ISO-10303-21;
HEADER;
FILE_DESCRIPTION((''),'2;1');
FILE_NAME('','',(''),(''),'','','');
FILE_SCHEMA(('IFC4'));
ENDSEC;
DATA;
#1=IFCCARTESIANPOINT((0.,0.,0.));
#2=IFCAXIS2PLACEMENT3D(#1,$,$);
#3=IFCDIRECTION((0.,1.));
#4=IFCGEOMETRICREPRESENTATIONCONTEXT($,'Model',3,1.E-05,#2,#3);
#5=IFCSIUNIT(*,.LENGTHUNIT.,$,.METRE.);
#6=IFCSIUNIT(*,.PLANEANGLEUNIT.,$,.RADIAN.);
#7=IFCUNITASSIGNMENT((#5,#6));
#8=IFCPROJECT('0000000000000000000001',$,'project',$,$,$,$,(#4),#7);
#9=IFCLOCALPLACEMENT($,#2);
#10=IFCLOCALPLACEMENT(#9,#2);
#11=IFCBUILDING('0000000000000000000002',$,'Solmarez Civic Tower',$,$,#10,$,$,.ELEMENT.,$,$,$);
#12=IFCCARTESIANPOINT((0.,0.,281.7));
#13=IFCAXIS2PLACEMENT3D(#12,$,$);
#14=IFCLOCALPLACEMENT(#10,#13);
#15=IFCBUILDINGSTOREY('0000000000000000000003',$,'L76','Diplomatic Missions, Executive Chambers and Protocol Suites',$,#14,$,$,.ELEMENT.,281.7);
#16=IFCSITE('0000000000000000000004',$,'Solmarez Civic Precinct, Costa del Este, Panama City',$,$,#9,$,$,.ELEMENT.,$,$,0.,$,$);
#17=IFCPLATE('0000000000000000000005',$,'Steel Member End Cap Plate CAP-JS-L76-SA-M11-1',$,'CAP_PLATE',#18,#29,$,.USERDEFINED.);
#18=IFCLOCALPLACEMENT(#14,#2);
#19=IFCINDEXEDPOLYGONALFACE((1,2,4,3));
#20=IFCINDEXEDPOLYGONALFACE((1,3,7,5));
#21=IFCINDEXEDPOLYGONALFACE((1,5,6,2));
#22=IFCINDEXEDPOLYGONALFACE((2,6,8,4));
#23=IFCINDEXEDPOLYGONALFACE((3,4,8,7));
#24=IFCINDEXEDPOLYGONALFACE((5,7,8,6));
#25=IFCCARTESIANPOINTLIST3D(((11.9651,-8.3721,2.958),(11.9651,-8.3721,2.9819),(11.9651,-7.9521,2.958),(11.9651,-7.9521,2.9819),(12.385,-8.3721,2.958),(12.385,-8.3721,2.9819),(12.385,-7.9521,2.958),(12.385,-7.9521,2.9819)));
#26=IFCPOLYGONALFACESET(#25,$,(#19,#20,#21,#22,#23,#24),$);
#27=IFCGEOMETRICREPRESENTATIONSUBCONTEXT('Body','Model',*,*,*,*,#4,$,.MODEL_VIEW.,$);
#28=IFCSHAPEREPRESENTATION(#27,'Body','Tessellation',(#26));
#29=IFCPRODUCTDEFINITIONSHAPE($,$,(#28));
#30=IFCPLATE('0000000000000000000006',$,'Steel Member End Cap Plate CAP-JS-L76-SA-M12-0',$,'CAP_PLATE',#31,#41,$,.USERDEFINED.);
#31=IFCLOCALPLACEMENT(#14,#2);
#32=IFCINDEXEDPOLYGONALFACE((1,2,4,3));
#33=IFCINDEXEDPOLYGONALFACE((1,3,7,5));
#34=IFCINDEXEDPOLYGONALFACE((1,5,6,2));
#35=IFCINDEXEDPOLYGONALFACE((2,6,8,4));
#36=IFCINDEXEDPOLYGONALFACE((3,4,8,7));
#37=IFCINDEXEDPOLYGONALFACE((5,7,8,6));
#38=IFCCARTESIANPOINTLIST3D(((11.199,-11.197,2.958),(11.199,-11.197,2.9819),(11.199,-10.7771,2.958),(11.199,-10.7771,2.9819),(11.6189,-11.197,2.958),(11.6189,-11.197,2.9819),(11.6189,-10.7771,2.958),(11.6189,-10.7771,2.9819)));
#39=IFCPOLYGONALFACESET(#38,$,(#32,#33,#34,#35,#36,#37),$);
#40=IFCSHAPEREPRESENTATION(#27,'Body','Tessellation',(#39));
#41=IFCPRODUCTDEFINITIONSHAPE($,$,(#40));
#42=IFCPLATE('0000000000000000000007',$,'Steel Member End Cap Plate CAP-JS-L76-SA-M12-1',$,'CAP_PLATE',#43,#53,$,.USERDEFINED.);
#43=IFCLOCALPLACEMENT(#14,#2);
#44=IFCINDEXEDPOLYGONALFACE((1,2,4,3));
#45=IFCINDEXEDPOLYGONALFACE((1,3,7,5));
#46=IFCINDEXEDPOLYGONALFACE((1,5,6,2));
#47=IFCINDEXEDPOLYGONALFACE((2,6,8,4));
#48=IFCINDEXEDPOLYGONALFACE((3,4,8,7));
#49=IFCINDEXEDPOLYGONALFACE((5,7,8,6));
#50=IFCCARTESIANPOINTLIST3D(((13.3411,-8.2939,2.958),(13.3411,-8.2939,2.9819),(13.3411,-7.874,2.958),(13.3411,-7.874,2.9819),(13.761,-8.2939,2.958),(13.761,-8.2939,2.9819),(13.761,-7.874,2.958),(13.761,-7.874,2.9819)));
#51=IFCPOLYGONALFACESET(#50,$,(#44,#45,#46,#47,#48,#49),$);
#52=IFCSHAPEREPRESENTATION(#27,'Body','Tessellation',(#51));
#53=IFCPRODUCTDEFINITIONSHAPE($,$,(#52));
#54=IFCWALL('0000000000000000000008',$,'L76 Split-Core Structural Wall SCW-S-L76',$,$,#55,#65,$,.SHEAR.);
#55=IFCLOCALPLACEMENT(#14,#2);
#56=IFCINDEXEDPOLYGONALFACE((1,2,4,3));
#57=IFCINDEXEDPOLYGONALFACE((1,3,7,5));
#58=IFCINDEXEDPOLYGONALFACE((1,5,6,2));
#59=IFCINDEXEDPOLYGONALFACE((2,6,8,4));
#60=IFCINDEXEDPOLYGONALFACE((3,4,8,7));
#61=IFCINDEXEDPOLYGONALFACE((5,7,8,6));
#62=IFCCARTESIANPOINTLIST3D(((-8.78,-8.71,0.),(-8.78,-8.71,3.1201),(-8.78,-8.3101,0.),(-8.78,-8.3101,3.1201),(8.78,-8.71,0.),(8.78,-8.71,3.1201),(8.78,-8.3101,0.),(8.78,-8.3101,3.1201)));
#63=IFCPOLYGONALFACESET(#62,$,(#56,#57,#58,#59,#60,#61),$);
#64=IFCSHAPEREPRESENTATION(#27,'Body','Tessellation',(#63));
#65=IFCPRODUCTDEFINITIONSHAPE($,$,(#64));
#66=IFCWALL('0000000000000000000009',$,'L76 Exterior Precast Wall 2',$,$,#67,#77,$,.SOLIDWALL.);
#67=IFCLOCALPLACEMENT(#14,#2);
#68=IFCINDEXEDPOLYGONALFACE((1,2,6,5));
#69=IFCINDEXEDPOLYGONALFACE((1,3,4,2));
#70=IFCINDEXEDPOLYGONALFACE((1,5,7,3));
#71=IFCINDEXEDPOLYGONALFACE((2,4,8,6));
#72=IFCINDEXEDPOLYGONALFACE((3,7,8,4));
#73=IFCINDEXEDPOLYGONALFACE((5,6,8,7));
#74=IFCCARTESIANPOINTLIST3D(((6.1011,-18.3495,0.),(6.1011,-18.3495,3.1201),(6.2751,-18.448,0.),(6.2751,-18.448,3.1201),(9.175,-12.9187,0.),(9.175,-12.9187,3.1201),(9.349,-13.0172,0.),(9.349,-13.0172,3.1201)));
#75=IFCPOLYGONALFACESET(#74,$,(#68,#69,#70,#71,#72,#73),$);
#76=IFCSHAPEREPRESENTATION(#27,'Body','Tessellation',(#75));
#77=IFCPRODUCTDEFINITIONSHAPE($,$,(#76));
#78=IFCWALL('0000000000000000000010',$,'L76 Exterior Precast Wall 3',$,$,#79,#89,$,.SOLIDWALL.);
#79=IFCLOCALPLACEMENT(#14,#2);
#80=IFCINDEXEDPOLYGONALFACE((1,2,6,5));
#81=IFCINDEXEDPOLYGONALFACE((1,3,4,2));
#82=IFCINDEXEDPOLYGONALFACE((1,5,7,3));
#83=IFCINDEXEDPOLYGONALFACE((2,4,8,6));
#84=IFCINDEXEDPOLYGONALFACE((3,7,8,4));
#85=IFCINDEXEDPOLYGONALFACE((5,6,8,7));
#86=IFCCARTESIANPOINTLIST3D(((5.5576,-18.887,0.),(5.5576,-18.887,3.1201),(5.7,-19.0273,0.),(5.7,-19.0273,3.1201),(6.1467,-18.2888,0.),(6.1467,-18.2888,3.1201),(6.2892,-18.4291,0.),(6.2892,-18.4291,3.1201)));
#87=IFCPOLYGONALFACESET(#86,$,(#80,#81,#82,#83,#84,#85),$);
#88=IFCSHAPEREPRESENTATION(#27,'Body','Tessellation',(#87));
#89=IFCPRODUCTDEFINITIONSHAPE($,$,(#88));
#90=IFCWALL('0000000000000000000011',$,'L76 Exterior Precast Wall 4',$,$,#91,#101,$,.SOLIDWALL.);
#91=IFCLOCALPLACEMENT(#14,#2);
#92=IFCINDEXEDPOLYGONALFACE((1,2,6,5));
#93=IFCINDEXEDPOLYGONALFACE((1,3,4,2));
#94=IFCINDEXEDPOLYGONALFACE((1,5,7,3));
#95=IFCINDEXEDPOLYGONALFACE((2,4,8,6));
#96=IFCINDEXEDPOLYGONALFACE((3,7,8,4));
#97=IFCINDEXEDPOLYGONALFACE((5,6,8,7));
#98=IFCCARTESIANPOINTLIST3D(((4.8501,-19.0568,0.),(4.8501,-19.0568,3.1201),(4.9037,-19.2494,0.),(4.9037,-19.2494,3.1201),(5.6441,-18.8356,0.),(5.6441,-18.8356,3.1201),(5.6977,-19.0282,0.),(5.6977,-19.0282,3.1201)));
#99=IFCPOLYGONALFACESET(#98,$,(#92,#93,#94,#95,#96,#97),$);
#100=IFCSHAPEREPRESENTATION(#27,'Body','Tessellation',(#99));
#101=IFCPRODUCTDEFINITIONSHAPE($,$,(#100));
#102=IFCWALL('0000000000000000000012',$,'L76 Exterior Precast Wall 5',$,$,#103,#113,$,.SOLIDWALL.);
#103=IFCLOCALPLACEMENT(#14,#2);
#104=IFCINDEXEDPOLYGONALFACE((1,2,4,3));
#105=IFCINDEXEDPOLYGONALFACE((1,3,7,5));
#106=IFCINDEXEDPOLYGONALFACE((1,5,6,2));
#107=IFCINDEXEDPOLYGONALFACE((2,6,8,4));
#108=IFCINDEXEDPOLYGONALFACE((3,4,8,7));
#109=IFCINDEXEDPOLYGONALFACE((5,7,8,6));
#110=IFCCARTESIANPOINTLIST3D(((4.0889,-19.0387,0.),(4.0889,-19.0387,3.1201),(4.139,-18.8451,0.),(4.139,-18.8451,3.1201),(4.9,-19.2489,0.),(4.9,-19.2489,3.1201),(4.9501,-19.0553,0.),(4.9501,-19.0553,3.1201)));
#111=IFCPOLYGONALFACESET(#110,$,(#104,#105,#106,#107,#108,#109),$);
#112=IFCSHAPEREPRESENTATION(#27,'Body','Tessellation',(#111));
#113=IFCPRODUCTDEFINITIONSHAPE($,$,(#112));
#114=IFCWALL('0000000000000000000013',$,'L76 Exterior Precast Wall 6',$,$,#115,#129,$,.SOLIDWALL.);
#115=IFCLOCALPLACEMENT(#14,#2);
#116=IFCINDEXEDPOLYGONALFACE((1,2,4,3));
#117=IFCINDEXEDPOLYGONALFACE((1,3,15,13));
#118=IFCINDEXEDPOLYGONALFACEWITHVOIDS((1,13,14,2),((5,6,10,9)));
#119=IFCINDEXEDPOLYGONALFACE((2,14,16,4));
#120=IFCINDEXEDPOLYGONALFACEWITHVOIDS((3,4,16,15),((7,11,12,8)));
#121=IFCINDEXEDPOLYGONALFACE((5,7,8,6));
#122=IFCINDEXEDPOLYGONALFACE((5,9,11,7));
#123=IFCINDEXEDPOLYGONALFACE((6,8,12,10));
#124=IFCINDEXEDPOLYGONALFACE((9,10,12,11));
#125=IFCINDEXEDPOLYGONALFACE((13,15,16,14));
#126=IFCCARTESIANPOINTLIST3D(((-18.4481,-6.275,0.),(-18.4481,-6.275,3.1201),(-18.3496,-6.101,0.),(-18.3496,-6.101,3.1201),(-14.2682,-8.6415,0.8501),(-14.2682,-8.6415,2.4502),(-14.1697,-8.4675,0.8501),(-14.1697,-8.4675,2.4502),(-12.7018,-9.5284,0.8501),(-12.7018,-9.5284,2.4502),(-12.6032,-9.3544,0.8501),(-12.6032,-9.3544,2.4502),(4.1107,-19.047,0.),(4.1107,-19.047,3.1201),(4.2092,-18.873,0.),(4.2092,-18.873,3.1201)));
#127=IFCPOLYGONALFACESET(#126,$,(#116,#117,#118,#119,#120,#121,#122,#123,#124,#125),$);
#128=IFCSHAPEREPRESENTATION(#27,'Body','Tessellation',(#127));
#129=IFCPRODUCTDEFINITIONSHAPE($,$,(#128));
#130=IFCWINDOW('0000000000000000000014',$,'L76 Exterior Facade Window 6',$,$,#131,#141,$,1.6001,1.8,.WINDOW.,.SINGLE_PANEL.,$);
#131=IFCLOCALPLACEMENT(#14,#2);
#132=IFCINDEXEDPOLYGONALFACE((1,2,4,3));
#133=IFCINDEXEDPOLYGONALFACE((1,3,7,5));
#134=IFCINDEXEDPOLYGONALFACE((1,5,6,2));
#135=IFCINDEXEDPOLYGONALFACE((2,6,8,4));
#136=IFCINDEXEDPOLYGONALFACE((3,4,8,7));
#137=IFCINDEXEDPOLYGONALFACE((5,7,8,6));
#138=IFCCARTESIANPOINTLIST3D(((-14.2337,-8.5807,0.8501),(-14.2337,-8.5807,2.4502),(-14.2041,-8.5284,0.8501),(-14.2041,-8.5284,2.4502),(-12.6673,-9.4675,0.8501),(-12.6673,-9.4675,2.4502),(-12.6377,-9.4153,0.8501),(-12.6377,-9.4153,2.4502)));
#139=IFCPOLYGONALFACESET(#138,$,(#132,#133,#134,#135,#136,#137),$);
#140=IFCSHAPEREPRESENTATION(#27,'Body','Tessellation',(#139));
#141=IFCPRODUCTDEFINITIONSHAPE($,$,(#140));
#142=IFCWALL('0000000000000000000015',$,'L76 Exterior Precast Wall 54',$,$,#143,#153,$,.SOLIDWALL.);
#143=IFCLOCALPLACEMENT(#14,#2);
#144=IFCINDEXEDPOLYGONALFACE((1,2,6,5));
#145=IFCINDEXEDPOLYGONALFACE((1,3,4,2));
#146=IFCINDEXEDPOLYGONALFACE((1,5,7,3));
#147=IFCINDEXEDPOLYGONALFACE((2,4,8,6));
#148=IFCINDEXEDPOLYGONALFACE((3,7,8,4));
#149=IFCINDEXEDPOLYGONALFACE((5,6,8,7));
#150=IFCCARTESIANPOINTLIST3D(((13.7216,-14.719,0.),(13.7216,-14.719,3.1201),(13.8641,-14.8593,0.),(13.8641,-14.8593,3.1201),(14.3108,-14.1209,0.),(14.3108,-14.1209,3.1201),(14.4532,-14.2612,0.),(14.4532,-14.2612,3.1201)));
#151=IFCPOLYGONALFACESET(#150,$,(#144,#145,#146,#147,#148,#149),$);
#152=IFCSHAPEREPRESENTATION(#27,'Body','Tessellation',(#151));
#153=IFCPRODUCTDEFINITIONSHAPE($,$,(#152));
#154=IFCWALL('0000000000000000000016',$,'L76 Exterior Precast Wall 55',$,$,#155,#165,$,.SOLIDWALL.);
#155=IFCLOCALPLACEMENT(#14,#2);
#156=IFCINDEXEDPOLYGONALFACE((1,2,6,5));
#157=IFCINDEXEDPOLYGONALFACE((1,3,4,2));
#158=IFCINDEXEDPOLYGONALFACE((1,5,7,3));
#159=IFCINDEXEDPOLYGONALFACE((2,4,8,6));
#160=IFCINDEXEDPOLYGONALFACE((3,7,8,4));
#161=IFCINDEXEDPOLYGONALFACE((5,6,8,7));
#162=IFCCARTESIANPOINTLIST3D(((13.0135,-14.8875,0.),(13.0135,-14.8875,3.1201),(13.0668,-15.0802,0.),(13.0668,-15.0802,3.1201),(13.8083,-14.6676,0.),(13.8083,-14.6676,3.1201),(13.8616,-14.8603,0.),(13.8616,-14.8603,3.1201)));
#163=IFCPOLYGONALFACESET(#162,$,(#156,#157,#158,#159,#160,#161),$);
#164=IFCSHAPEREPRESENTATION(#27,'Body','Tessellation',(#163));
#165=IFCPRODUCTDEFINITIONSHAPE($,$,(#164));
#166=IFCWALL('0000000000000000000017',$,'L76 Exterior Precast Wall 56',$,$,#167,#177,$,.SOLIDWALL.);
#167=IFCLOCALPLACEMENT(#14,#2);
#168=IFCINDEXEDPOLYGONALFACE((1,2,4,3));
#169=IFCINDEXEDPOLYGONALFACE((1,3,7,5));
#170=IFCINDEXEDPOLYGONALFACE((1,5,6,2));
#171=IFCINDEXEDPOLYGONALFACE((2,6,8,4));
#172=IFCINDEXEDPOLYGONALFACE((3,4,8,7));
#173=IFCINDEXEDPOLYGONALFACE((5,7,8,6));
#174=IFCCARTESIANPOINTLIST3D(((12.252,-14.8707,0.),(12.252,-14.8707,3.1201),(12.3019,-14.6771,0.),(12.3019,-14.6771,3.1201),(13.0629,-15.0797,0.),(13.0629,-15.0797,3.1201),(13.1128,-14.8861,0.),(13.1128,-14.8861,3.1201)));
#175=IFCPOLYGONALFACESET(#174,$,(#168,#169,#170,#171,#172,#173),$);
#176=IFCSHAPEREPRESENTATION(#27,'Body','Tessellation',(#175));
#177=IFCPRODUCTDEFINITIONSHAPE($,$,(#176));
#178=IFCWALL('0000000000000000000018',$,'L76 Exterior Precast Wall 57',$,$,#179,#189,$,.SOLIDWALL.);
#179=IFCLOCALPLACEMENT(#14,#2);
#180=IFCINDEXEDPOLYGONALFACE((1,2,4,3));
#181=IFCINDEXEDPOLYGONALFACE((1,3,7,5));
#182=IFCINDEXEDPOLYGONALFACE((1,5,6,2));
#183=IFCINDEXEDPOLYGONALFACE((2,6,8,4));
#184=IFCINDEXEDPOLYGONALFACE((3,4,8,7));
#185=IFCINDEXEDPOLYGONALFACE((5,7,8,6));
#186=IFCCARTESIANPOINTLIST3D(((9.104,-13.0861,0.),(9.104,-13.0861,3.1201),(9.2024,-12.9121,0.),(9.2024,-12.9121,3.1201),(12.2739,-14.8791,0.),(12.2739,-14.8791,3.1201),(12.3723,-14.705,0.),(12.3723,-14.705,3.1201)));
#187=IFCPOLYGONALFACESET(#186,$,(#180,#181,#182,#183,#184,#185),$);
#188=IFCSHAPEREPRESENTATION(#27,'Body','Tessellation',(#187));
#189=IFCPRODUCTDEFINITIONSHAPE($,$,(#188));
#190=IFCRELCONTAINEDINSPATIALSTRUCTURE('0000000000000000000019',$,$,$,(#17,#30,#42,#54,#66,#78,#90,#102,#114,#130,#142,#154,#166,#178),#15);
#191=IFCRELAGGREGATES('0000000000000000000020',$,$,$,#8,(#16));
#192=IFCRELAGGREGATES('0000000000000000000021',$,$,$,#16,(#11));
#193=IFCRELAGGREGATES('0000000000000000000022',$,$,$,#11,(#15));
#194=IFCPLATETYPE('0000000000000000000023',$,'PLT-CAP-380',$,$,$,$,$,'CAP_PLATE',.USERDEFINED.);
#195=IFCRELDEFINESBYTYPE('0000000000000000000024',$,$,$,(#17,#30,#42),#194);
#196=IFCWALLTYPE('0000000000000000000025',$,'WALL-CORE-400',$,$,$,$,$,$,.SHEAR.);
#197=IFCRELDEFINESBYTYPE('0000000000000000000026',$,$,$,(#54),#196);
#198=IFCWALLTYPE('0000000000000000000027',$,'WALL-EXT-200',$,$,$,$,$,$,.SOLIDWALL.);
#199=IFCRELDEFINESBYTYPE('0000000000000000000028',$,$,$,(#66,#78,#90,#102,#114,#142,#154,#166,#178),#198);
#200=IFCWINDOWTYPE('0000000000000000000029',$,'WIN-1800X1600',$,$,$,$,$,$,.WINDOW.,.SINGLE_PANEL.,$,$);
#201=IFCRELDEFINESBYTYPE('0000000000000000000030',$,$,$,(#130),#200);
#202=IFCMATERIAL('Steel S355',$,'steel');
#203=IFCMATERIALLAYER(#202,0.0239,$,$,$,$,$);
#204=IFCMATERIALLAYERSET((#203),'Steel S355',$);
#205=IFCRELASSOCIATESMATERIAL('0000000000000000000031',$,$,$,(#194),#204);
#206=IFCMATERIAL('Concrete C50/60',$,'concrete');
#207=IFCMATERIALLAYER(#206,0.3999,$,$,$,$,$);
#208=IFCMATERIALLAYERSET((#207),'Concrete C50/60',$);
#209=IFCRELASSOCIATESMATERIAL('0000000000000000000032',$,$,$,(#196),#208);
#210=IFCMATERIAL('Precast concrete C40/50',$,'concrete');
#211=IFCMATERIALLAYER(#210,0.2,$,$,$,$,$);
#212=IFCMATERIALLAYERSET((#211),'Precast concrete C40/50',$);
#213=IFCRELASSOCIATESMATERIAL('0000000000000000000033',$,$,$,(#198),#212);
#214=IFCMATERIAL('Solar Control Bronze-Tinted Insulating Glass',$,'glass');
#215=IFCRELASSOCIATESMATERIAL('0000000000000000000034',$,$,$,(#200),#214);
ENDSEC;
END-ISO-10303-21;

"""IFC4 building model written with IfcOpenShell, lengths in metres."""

from ifc_helpers import new_model, si_unit, direction, frame, frame_2d, origin, origin_2d, place, context, subcontext, project, spatial, rectangle, extrude, material, layer, layer_set, type_object, element, fill, save


model = new_model("IFC4")

# Units and contexts
model_context = context("Model", 3, precision=1e-05, world=origin(), true_north=direction((0.0, 1.0)))
body_context = subcontext(model_context, "Body", "Model", "MODEL_VIEW")
ifc_project = project(units=[si_unit("LENGTHUNIT", "METRE"), si_unit("PLANEANGLEUNIT", "RADIAN")], contexts=[model_context])

# Site, building, storey
site_placement = place(None, origin())
site = spatial("IfcSite", under=ifc_project, at=site_placement, Name="Solmarez Civic Precinct, Costa del Este, Panama City", CompositionType="ELEMENT", RefElevation=0.0)
building_placement = place(site_placement, origin())
building = spatial("IfcBuilding", under=site, at=building_placement, Name="Solmarez Civic Tower", CompositionType="ELEMENT")
storey_placement = place(building_placement, frame((0.0, 0.0, 281.7)))
storey = spatial("IfcBuildingStorey", under=building, at=storey_placement, Name="L76", Description="Diplomatic Missions, Executive Chambers and Protocol Suites", CompositionType="ELEMENT", Elevation=281.7)

# Shared definitions
ifc_material_1 = material(Name="Concrete C50/60", Category="concrete")

# Shared definitions
ifc_material_2 = material(Name="Steel S355", Category="steel")

# Plates
ifc_layer_1 = layer(ifc_material_2, 0.0239)
ifc_layer_set_1 = layer_set([ifc_layer_1], Name="Steel S355")
plate_type = type_object("IfcPlateType", Name="PLT-CAP-380", ElementType="CAP_PLATE", PredefinedType="USERDEFINED", material=ifc_layer_set_1)
for number, where, z_axis, x_axis, name in (
    (1, (12.175, -8.1621, 2.958), (0.0, 0.0, 1.0), (1.0, 0.0, 0.0), "Steel Member End Cap Plate CAP-JS-L76-SA-M11-1"),
    (2, (11.4089, -10.9871, 2.958), (0.0, 0.0, 1.0), (1.0, 0.0, 0.0), "Steel Member End Cap Plate CAP-JS-L76-SA-M12-0"),
    (3, (13.551, -8.084, 2.958), (0.0, 0.0, 1.0), (1.0, 0.0, 0.0), "Steel Member End Cap Plate CAP-JS-L76-SA-M12-1"),
):
    element("IfcPlate", number, at=place(storey_placement, frame(where, z_axis=z_axis, x_axis=x_axis)), inside=storey, type_object=plate_type, Name=name, ObjectType="CAP_PLATE", PredefinedType="USERDEFINED", context=body_context, shape_type="SweptSolid", body=[
        extrude(rectangle(XDim=0.4199, YDim=0.4199, at=origin_2d()), origin(), (0.0, 0.0, 1.0), 0.0239),
    ])

# Walls
ifc_layer_2 = layer(ifc_material_1, 0.3999)
ifc_layer_set_2 = layer_set([ifc_layer_2], Name="Concrete C50/60")
wall_type_1 = type_object("IfcWallType", Name="WALL-CORE-400", PredefinedType="SHEAR", material=ifc_layer_set_2)
wall_1_placement = place(storey_placement, frame((8.78, -8.51, 0.0), z_axis=(0.0, 0.0, 1.0), x_axis=(-1.0, 0.0, 0.0)))
element("IfcWall", 4, at=wall_1_placement, inside=storey, type_object=wall_type_1, Name="L76 Split-Core Structural Wall SCW-S-L76", PredefinedType="SHEAR", context=body_context, shape_type="SweptSolid", body=[
    extrude(rectangle(XDim=17.5601, YDim=0.3999, at=frame_2d((8.78, 0.0))), origin(), (0.0, 0.0, 1.0), 3.1201),
])
ifc_material_3 = material(Name="Precast concrete C40/50", Category="concrete")
ifc_layer_3 = layer(ifc_material_3, 0.2)
ifc_layer_set_3 = layer_set([ifc_layer_3], Name="Precast concrete C40/50")
wall_type_2 = type_object("IfcWallType", Name="WALL-EXT-200", PredefinedType="SOLIDWALL", material=ifc_layer_set_3)
wall_2_placement = place(storey_placement, frame((9.262, -12.968, 0.0), z_axis=(0.0, 0.0, 1.0), x_axis=(-0.492583, -0.870265, 0.0)))
element("IfcWall", 5, at=wall_2_placement, inside=storey, type_object=wall_type_2, Name="L76 Exterior Precast Wall 2", PredefinedType="SOLIDWALL", context=body_context, shape_type="SweptSolid", body=[
    extrude(rectangle(XDim=6.2405, YDim=0.2, at=frame_2d((3.1201, 0.0))), origin(), (0.0, 0.0, 1.0), 3.1201),
])
wall_3_placement = place(storey_placement, frame((6.218, -18.3589, 0.0), z_axis=(0.0, 0.0, 1.0), x_axis=(-0.701706, -0.712466, 0.0)))
element("IfcWall", 6, at=wall_3_placement, inside=storey, type_object=wall_type_2, Name="L76 Exterior Precast Wall 3", PredefinedType="SOLIDWALL", context=body_context, shape_type="SweptSolid", body=[
    extrude(rectangle(XDim=0.8396, YDim=0.2, at=frame_2d((0.4199, 0.0))), origin(), (0.0, 0.0, 1.0), 3.1201),
])
wall_4_placement = place(storey_placement, frame((5.6709, -18.9319, 0.0), z_axis=(0.0, 0.0, 1.0), x_axis=(-0.963314, -0.268377, 0.0)))
element("IfcWall", 7, at=wall_4_placement, inside=storey, type_object=wall_type_2, Name="L76 Exterior Precast Wall 4", PredefinedType="SOLIDWALL", context=body_context, shape_type="SweptSolid", body=[
    extrude(rectangle(XDim=0.8242, YDim=0.2, at=frame_2d((0.4121, 0.0))), origin(), (0.0, 0.0, 1.0), 3.1201),
])
wall_5_placement = place(storey_placement, frame((4.925, -19.1521, 0.0), z_axis=(0.0, 0.0, 1.0), x_axis=(-0.968015, 0.250891, 0.0)))
element("IfcWall", 8, at=wall_5_placement, inside=storey, type_object=wall_type_2, Name="L76 Exterior Precast Wall 5", PredefinedType="SOLIDWALL", context=body_context, shape_type="SweptSolid", body=[
    extrude(rectangle(XDim=0.8379, YDim=0.2, at=frame_2d((0.4189, 0.0))), origin(), (0.0, 0.0, 1.0), 3.1201),
])

# Wall, opening, window
wall_6_placement = place(storey_placement, frame((4.1599, -18.96, 0.0), z_axis=(0.0, 0.0, 1.0), x_axis=(-0.87021, 0.492681, 0.0)))
wall_6 = element("IfcWall", 9, at=wall_6_placement, inside=storey, type_object=wall_type_2, Name="L76 Exterior Precast Wall 6", PredefinedType="SOLIDWALL", context=body_context, shape_type="SweptSolid", body=[
    extrude(rectangle(XDim=25.9233, YDim=0.2, at=frame_2d((12.9617, 0.0))), origin(), (0.0, 0.0, 1.0), 3.1201),
])
opening_placement = place(wall_6_placement, frame((19.3201, 0.0, 0.8501)))
opening = element("IfcOpeningElement", 10, at=opening_placement, cuts=wall_6, PredefinedType="OPENING", context=body_context, shape_type="SweptSolid", body=[
    extrude(rectangle(XDim=1.8, YDim=1.6001, at=frame_2d((0.8999, 0.8))), frame((0.0, 0.1099, 0.0), z_axis=(0.0, -1.0, 0.0), x_axis=(1.0, 0.0, 0.0)), (0.0, 0.0, 1.0), 0.22),
])
ifc_material_4 = material(Name="Solar Control Bronze-Tinted Insulating Glass", Category="glass")
window_type = type_object("IfcWindowType", Name="WIN-1800X1600", PartitioningType="SINGLE_PANEL", PredefinedType="WINDOW", material=ifc_material_4)
window_placement = place(opening_placement, origin())
window = element("IfcWindow", 11, at=window_placement, inside=storey, type_object=window_type, Name="L76 Exterior Facade Window 6", OverallHeight=1.6001, OverallWidth=1.8, PartitioningType="SINGLE_PANEL", PredefinedType="WINDOW", context=body_context, shape_type="SweptSolid", body=[
    extrude(rectangle(XDim=1.8, YDim=1.6001, at=frame_2d((0.8999, 0.8))), frame((0.0, 0.03, 0.0), z_axis=(0.0, -1.0, 0.0), x_axis=(1.0, 0.0, 0.0)), (0.0, 0.0, 1.0), 0.0601),
])
fill(opening, window)

# Walls
wall_7_placement = place(storey_placement, frame((14.3821, -14.1909, 0.0), z_axis=(0.0, 0.0, 1.0), x_axis=(-0.701706, -0.712466, 0.0)))
element("IfcWall", 12, at=wall_7_placement, inside=storey, type_object=wall_type_2, Name="L76 Exterior Precast Wall 54", PredefinedType="SOLIDWALL", context=body_context, shape_type="SweptSolid", body=[
    extrude(rectangle(XDim=0.8396, YDim=0.2, at=frame_2d((0.4199, 0.0))), origin(), (0.0, 0.0, 1.0), 3.1201),
])
wall_8_placement = place(storey_placement, frame((13.835, -14.7639, 0.0), z_axis=(0.0, 0.0, 1.0), x_axis=(-0.96378, -0.266697, 0.0)))
element("IfcWall", 13, at=wall_8_placement, inside=storey, type_object=wall_type_2, Name="L76 Exterior Precast Wall 55", PredefinedType="SOLIDWALL", context=body_context, shape_type="SweptSolid", body=[
    extrude(rectangle(XDim=0.8247, YDim=0.2, at=frame_2d((0.4124, 0.0))), origin(), (0.0, 0.0, 1.0), 3.1201),
])
wall_9_placement = place(storey_placement, frame((13.0879, -14.9829, 0.0), z_axis=(0.0, 0.0, 1.0), x_axis=(-0.96835, 0.249596, 0.0)))
element("IfcWall", 14, at=wall_9_placement, inside=storey, type_object=wall_type_2, Name="L76 Exterior Precast Wall 56", PredefinedType="SOLIDWALL", context=body_context, shape_type="SweptSolid", body=[
    extrude(rectangle(XDim=0.8374, YDim=0.2, at=frame_2d((0.4187, 0.0))), origin(), (0.0, 0.0, 1.0), 3.1201),
])
wall_10_placement = place(storey_placement, frame((12.323, -14.792, 0.0), z_axis=(0.0, 0.0, 1.0), x_axis=(-0.870413, 0.492322, 0.0)))
element("IfcWall", 15, at=wall_10_placement, inside=storey, type_object=wall_type_2, Name="L76 Exterior Precast Wall 57", PredefinedType="SOLIDWALL", context=body_context, shape_type="SweptSolid", body=[
    extrude(rectangle(XDim=3.6418, YDim=0.2, at=frame_2d((1.8208, 0.0))), origin(), (0.0, 0.0, 1.0), 3.1201),
])

save(model, "model.ifc")
